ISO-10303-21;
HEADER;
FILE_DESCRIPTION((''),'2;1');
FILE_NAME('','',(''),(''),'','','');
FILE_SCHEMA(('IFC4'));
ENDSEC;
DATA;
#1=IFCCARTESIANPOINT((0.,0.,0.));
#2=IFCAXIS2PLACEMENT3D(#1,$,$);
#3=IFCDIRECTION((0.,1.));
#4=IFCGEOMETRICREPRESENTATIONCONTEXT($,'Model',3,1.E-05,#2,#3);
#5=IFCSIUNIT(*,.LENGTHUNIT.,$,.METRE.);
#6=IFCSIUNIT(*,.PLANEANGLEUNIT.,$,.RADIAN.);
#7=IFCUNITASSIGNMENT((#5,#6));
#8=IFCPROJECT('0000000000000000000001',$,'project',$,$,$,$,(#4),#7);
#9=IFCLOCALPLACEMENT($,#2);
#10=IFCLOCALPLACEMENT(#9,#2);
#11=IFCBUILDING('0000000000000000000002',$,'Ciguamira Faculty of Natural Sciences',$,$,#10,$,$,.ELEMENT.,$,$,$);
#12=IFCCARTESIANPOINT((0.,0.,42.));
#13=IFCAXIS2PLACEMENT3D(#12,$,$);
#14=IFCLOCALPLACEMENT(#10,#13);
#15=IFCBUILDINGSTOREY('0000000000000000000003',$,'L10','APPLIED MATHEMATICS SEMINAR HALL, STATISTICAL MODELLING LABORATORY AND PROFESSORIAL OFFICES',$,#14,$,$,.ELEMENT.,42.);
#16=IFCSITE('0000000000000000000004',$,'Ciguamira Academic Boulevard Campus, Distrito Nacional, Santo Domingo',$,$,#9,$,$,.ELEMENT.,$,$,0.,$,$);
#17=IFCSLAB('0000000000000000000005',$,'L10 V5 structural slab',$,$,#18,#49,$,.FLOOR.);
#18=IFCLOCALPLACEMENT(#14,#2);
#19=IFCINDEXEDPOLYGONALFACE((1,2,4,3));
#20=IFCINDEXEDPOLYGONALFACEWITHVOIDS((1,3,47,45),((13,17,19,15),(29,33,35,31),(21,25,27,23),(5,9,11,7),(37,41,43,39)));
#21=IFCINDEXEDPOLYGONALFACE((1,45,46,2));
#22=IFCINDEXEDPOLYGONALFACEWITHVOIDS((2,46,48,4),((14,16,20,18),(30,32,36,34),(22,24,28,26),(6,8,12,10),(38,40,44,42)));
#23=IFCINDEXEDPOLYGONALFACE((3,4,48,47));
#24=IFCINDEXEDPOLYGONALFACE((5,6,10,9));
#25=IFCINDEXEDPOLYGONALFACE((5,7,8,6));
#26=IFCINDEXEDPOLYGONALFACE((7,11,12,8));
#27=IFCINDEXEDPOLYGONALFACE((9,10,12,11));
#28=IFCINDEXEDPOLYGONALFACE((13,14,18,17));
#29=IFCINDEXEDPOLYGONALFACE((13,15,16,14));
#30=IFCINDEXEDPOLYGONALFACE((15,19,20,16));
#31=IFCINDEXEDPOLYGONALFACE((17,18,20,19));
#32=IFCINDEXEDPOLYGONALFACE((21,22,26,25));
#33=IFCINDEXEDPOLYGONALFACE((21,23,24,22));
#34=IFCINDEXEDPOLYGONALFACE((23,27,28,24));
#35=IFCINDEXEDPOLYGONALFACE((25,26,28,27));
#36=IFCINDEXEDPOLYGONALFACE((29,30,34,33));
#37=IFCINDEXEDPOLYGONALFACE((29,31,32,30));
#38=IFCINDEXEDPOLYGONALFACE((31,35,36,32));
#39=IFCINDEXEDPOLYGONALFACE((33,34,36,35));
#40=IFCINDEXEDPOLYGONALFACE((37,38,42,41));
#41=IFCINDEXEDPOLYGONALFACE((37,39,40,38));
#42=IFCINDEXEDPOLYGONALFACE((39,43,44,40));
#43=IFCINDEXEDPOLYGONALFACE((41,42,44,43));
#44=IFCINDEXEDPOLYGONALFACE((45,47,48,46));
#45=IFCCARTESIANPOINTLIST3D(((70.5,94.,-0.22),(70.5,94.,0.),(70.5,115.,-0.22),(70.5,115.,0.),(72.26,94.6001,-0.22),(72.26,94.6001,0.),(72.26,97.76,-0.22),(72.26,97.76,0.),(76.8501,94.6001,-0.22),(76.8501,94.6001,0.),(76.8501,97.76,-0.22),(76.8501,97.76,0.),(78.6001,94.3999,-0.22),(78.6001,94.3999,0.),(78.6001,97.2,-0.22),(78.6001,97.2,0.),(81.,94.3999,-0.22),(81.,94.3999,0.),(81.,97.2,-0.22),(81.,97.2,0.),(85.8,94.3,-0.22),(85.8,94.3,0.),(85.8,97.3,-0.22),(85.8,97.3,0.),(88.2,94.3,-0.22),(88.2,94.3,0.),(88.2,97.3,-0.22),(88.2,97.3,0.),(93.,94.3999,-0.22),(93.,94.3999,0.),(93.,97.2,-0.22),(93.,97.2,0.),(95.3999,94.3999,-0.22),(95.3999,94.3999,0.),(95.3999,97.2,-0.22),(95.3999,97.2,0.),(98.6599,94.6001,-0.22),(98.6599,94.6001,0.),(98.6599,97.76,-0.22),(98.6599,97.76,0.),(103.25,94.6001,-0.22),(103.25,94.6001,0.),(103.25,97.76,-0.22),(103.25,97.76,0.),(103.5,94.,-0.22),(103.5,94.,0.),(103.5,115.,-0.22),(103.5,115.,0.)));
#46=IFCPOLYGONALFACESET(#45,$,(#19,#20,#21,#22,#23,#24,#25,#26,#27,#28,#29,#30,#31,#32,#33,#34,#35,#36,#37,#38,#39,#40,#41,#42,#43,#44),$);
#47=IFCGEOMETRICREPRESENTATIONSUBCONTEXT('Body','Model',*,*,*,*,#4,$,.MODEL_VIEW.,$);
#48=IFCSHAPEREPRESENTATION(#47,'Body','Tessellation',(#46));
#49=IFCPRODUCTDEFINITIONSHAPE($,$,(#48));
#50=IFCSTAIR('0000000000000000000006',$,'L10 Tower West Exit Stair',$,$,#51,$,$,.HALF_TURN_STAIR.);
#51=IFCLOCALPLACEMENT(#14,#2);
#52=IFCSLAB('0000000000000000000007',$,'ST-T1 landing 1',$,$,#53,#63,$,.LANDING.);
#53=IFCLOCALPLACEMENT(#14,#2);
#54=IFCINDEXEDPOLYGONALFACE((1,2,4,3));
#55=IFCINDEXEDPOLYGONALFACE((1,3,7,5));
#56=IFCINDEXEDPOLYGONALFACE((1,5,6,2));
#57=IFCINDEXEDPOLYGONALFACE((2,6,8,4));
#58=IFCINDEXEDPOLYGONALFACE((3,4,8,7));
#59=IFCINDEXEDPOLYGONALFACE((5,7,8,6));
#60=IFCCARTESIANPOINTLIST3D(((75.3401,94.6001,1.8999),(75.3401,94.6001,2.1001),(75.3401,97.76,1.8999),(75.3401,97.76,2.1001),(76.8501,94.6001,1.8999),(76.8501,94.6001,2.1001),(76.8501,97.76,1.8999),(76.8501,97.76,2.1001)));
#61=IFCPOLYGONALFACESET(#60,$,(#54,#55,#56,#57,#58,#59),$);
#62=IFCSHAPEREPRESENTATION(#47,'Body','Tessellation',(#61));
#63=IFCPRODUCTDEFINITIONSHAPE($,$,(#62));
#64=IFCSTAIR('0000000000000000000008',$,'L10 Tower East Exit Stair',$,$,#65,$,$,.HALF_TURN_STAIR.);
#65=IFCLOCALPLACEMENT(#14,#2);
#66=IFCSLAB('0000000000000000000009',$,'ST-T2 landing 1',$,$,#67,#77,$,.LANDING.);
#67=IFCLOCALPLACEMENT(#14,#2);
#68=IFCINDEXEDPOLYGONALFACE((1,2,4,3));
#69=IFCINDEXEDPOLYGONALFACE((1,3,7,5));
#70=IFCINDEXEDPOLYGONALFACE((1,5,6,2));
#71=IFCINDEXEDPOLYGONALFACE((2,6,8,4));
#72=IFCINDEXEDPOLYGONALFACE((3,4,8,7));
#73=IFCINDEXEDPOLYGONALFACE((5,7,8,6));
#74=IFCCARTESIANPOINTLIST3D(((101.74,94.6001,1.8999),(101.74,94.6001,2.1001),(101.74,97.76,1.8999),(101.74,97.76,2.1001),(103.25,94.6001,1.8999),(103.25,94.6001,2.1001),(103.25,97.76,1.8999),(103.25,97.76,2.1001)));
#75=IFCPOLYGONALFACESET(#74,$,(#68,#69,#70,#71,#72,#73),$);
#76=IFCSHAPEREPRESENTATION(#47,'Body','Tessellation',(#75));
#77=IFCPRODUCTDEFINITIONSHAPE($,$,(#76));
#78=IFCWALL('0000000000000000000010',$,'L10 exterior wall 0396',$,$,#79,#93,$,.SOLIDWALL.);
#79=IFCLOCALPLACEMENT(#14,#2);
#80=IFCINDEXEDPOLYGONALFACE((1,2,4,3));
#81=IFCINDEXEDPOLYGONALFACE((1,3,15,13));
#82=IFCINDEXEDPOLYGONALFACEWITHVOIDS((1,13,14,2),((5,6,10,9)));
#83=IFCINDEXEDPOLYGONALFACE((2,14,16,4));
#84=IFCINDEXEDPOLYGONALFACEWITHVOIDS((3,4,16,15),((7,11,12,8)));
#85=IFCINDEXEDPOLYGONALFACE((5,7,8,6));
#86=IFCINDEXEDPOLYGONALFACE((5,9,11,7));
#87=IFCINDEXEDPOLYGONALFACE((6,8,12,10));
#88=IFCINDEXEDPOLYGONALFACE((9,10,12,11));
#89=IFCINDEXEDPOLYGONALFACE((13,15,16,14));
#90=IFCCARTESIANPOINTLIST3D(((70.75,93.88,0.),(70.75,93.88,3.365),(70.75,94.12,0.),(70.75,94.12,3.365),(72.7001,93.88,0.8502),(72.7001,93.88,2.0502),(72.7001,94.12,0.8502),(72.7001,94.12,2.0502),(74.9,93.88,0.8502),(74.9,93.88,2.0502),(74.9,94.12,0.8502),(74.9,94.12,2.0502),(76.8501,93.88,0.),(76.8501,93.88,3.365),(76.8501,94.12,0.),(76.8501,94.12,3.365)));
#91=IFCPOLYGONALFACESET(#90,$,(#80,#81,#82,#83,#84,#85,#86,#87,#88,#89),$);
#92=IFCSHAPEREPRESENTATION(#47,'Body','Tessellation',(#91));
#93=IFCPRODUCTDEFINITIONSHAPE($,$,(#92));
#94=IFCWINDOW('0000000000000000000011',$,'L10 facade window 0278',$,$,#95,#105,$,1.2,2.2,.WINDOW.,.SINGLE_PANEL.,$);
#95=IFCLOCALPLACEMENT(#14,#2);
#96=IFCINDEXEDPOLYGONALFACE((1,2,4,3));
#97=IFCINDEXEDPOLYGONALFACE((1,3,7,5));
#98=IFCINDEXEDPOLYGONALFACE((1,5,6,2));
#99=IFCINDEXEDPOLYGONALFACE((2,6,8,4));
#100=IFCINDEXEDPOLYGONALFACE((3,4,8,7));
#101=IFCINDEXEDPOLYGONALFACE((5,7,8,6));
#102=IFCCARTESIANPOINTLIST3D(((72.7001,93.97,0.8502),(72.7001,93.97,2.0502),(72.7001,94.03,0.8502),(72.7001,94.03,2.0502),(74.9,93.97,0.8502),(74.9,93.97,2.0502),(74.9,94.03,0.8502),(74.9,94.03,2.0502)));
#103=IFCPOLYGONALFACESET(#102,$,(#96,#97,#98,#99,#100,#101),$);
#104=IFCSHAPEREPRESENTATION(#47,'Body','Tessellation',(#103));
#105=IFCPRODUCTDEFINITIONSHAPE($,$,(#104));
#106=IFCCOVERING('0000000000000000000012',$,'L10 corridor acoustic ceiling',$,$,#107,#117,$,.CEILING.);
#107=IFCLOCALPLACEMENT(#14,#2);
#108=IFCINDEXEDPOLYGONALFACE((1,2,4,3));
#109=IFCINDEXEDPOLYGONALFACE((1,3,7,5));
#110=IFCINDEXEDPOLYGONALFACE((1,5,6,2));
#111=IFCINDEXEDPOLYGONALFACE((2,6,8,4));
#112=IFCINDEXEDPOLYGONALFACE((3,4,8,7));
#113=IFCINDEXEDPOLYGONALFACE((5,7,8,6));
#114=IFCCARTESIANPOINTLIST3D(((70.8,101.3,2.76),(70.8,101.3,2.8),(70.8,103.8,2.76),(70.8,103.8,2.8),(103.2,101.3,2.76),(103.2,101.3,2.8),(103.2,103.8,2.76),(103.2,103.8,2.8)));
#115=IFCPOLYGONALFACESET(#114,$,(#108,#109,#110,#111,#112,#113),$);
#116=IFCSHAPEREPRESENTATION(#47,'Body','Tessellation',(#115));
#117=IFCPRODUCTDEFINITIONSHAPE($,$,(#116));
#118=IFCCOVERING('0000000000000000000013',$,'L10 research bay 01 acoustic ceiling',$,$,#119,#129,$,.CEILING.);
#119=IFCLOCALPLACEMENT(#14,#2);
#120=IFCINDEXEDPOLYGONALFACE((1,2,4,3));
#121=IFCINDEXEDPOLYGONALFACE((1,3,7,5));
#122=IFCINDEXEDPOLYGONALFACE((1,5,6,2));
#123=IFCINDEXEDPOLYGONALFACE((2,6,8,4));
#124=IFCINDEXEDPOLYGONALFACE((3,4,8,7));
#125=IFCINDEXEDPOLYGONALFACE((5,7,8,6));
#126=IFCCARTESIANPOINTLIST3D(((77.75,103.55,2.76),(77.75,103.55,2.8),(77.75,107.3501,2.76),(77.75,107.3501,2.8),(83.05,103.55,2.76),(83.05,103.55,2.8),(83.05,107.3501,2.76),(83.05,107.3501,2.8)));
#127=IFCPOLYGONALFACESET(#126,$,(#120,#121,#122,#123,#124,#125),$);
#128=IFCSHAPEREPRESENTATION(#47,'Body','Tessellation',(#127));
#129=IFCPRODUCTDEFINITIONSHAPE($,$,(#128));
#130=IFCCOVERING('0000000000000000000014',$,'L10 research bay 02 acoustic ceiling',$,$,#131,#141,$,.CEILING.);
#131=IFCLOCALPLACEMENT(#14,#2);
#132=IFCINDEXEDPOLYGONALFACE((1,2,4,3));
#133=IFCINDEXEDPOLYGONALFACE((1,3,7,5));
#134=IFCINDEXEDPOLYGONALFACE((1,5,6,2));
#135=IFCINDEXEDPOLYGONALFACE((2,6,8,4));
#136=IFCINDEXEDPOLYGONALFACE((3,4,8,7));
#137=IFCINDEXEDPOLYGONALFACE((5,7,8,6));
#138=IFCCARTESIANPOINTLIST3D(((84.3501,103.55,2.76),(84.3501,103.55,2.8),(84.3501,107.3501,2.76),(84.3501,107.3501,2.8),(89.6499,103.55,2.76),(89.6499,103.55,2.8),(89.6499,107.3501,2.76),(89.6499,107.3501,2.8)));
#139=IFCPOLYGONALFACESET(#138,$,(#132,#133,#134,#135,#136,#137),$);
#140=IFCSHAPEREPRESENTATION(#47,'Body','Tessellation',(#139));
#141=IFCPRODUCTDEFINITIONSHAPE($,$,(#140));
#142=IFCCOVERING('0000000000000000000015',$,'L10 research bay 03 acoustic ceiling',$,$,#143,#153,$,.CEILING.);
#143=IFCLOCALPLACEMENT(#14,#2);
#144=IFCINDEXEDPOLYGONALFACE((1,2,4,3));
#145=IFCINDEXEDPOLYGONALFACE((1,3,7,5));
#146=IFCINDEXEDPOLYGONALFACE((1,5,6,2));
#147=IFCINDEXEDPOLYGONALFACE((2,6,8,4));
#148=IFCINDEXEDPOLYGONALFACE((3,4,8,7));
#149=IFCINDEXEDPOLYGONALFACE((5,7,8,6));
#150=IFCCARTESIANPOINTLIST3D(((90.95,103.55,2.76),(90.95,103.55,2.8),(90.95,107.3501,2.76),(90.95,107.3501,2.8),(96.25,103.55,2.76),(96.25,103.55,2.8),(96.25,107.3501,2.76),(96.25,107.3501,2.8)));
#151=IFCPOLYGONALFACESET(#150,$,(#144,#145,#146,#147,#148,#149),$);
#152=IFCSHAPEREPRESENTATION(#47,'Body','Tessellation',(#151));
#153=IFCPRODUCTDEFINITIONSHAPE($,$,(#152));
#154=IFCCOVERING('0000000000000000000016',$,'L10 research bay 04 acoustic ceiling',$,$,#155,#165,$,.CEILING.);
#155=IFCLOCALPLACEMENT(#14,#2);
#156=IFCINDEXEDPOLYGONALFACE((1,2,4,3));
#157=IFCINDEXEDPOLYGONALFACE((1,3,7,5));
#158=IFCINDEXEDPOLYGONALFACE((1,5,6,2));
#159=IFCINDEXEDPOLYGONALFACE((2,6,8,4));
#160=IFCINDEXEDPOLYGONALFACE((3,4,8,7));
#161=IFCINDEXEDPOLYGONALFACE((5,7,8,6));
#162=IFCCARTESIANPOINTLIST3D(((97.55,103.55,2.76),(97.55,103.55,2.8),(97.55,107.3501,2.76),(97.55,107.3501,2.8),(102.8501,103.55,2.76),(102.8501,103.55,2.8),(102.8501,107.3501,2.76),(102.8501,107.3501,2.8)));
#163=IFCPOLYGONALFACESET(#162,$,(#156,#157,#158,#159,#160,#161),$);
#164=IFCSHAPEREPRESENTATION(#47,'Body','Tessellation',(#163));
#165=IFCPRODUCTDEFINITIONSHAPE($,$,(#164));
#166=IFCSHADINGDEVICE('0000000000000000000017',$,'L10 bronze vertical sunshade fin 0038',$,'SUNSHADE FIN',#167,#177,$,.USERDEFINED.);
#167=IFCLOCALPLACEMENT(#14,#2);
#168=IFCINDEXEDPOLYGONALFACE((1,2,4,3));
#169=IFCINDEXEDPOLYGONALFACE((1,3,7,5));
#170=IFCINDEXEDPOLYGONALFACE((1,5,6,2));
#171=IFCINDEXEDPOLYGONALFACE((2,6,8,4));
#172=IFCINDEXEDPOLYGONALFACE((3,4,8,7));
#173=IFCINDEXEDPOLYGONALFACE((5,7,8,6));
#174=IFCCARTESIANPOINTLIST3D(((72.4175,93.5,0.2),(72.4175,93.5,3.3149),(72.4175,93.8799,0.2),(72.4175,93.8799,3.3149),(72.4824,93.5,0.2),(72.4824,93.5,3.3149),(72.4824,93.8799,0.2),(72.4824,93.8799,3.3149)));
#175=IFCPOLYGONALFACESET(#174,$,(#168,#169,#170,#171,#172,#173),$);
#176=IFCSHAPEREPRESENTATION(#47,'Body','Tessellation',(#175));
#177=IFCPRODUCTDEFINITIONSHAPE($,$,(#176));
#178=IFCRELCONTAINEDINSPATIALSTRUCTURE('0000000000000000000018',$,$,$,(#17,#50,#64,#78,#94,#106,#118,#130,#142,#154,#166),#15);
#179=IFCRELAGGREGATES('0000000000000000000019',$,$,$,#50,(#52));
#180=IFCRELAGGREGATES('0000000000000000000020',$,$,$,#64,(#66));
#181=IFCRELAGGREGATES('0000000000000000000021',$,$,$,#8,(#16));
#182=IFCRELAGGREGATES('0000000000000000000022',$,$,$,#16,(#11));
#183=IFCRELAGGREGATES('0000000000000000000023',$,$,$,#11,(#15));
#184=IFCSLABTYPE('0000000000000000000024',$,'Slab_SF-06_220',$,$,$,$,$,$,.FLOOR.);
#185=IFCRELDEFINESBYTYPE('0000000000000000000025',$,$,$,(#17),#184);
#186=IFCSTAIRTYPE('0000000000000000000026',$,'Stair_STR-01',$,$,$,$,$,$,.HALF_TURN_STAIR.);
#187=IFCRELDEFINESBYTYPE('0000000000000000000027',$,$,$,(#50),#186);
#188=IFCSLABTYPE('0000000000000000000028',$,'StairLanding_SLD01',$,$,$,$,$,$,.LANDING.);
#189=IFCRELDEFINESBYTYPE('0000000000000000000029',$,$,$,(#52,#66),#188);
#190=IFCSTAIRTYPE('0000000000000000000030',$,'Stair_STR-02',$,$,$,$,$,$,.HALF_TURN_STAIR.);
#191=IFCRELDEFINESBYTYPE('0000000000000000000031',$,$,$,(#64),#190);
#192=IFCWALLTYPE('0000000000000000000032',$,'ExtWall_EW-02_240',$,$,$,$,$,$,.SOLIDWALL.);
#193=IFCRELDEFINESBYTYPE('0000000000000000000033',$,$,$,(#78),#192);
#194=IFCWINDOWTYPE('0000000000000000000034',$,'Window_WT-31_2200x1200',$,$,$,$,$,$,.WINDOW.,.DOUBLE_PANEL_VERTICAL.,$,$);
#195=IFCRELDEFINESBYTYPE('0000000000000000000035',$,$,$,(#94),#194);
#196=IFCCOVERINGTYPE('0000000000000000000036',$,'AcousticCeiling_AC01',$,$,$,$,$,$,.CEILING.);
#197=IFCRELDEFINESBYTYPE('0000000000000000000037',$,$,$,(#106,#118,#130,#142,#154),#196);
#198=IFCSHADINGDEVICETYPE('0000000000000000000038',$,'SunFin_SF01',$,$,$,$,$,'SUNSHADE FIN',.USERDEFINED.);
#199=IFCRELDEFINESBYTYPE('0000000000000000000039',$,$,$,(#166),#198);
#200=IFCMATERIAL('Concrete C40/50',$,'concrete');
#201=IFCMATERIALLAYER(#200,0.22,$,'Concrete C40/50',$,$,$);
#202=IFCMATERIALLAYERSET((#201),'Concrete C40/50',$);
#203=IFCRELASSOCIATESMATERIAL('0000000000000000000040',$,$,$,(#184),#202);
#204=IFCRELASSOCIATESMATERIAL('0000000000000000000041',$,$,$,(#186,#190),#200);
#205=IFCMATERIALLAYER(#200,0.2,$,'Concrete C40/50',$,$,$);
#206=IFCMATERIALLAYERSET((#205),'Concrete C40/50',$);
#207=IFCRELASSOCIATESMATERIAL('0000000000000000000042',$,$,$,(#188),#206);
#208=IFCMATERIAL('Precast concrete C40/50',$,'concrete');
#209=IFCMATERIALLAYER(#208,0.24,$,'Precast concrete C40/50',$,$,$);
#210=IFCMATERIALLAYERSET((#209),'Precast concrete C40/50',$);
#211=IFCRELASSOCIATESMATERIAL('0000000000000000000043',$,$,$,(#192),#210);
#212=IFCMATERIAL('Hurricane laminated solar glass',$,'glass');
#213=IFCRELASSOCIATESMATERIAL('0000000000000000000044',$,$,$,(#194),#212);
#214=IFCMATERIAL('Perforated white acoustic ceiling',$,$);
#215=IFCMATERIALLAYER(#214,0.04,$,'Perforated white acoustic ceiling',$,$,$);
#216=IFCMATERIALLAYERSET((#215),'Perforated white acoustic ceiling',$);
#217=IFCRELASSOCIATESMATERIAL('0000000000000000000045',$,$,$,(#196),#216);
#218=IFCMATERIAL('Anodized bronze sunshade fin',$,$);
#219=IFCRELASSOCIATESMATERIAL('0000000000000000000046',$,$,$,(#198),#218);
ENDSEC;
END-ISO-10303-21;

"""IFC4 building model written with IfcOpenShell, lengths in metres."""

from ifc_helpers import new_model, si_unit, direction, frame, frame_2d, origin, origin_2d, place, context, subcontext, project, spatial, polyline, rectangle, outline, extrude, material, layer, layer_set, material_profile, profile_set, type_object, element, fill, aggregate, save


model = new_model("IFC4")

# Units and contexts
model_context = context("Model", 3, precision=1e-05, world=origin(), true_north=direction((0.0, 1.0)))
body_context = subcontext(model_context, "Body", "Model", "MODEL_VIEW")
ifc_project = project(units=[si_unit("LENGTHUNIT", "METRE"), si_unit("PLANEANGLEUNIT", "RADIAN")], contexts=[model_context])

# Site, building, storey
site_placement = place(None, origin())
site = spatial("IfcSite", under=ifc_project, at=site_placement, Name="Ciguamira Academic Boulevard Campus, Distrito Nacional, Santo Domingo", CompositionType="ELEMENT", RefElevation=0.0)
building_placement = place(site_placement, origin())
building = spatial("IfcBuilding", under=site, at=building_placement, Name="Ciguamira Faculty of Natural Sciences", CompositionType="ELEMENT")
storey_placement = place(building_placement, frame((0.0, 0.0, 42.0)))
storey = spatial("IfcBuildingStorey", under=building, at=storey_placement, Name="L10", Description="APPLIED MATHEMATICS SEMINAR HALL, STATISTICAL MODELLING LABORATORY AND PROFESSORIAL OFFICES", CompositionType="ELEMENT", Elevation=42.0)

# Shared definitions
ifc_material_1 = material(Name="Concrete C40/50", Category="concrete")

# Slab
ifc_layer_1 = layer(ifc_material_1, 0.22, Name="Concrete C40/50")
ifc_layer_set_1 = layer_set([ifc_layer_1], Name="Concrete C40/50")
slab_type_1 = type_object("IfcSlabType", Name="Slab_SF-06_220", PredefinedType="FLOOR", material=ifc_layer_set_1)
slab_1_placement = place(storey_placement, frame((0.0, 0.0, -0.22)))
element("IfcSlab", 1, at=slab_1_placement, inside=storey, type_object=slab_type_1, Name="L10 V5 structural slab", PredefinedType="FLOOR", context=body_context, shape_type="SweptSolid", body=[
    extrude(outline(polyline([(70.5, 94.0), (103.5, 94.0), (103.5, 115.0), (70.5, 115.0), (70.5, 94.0)]), holes=[polyline([(72.26, 94.6001), (76.8501, 94.6001), (76.8501, 97.76), (72.26, 97.76), (72.26, 94.6001)]), polyline([(98.6599, 94.6001), (103.25, 94.6001), (103.25, 97.76), (98.6599, 97.76), (98.6599, 94.6001)]), polyline([(78.6001, 94.3999), (81.0, 94.3999), (81.0, 97.2), (78.6001, 97.2), (78.6001, 94.3999)]), polyline([(93.0, 94.3999), (95.3999, 94.3999), (95.3999, 97.2), (93.0, 97.2), (93.0, 94.3999)]), polyline([(85.8, 94.3), (88.2, 94.3), (88.2, 97.3), (85.8, 97.3), (85.8, 94.3)])]), origin(), (0.0, 0.0, 1.0), 0.22),
])

# Stairs, slabs
stair_type_1 = type_object("IfcStairType", Name="Stair_STR-01", PredefinedType="HALF_TURN_STAIR", material=ifc_material_1)
stair_1_placement = place(storey_placement, origin())
stair_1 = element("IfcStair", 2, at=stair_1_placement, inside=storey, type_object=stair_type_1, Name="L10 Tower West Exit Stair", PredefinedType="HALF_TURN_STAIR")
ifc_layer_2 = layer(ifc_material_1, 0.2, Name="Concrete C40/50")
ifc_layer_set_2 = layer_set([ifc_layer_2], Name="Concrete C40/50")
slab_type_2 = type_object("IfcSlabType", Name="StairLanding_SLD01", PredefinedType="LANDING", material=ifc_layer_set_2)
slab_2_placement = place(storey_placement, frame((0.0, 0.0, 1.8999)))
slab_2 = element("IfcSlab", 3, at=slab_2_placement, type_object=slab_type_2, Name="ST-T1 landing 1", PredefinedType="LANDING", context=body_context, shape_type="SweptSolid", body=[
    extrude(outline(polyline([(75.3401, 94.6001), (76.8501, 94.6001), (76.8501, 97.76), (75.3401, 97.76), (75.3401, 94.6001)])), origin(), (0.0, 0.0, 1.0), 0.2002),
])
aggregate(stair_1, [slab_2])
stair_type_2 = type_object("IfcStairType", Name="Stair_STR-02", PredefinedType="HALF_TURN_STAIR", material=ifc_material_1)
stair_2_placement = place(storey_placement, origin())
stair_2 = element("IfcStair", 4, at=stair_2_placement, inside=storey, type_object=stair_type_2, Name="L10 Tower East Exit Stair", PredefinedType="HALF_TURN_STAIR")
slab_3_placement = place(storey_placement, frame((0.0, 0.0, 1.8999)))
slab_3 = element("IfcSlab", 5, at=slab_3_placement, type_object=slab_type_2, Name="ST-T2 landing 1", PredefinedType="LANDING", context=body_context, shape_type="SweptSolid", body=[
    extrude(outline(polyline([(101.74, 94.6001), (103.25, 94.6001), (103.25, 97.76), (101.74, 97.76), (101.74, 94.6001)])), origin(), (0.0, 0.0, 1.0), 0.2002),
])
aggregate(stair_2, [slab_3])

# Wall, opening, window
ifc_material_2 = material(Name="Precast concrete C40/50", Category="concrete")
ifc_layer_3 = layer(ifc_material_2, 0.24, Name="Precast concrete C40/50")
ifc_layer_set_3 = layer_set([ifc_layer_3], Name="Precast concrete C40/50")
wall_type = type_object("IfcWallType", Name="ExtWall_EW-02_240", PredefinedType="SOLIDWALL", material=ifc_layer_set_3)
wall_placement = place(storey_placement, frame((70.75, 94.0, 0.0), z_axis=(0.0, 0.0, 1.0), x_axis=(1.0, 0.0, 0.0)))
wall = element("IfcWall", 6, at=wall_placement, inside=storey, type_object=wall_type, Name="L10 exterior wall 0396", PredefinedType="SOLIDWALL", context=body_context, shape_type="SweptSolid", body=[
    extrude(rectangle(XDim=6.1001, YDim=0.24, at=frame_2d((3.05, 0.0))), origin(), (0.0, 0.0, 1.0), 3.365),
])
opening_placement = place(wall_placement, frame((1.95, 0.0, 0.8501)))
opening = element("IfcOpeningElement", 7, at=opening_placement, cuts=wall, PredefinedType="OPENING", context=body_context, shape_type="SweptSolid", body=[
    extrude(rectangle(XDim=2.2, YDim=1.2, at=frame_2d((1.1001, 0.6001))), frame((0.0, 0.1299, 0.0), z_axis=(0.0, -1.0, 0.0), x_axis=(1.0, 0.0, 0.0)), (0.0, 0.0, 1.0), 0.26),
])
ifc_material_3 = material(Name="Hurricane laminated solar glass", Category="glass")
window_type = type_object("IfcWindowType", Name="Window_WT-31_2200x1200", PartitioningType="DOUBLE_PANEL_VERTICAL", PredefinedType="WINDOW", material=ifc_material_3)
window_placement = place(opening_placement, origin())
window = element("IfcWindow", 8, at=window_placement, inside=storey, type_object=window_type, Name="L10 facade window 0278", OverallHeight=1.2, OverallWidth=2.2, PartitioningType="SINGLE_PANEL", PredefinedType="WINDOW", context=body_context, shape_type="SweptSolid", body=[
    extrude(rectangle(XDim=2.2, YDim=1.2, at=frame_2d((1.1001, 0.6001))), frame((0.0, 0.03, 0.0), z_axis=(0.0, -1.0, 0.0), x_axis=(1.0, 0.0, 0.0)), (0.0, 0.0, 1.0), 0.0601),
])
fill(opening, window)

# Coverings
ifc_material_4 = material(Name="Perforated white acoustic ceiling")
ifc_layer_4 = layer(ifc_material_4, 0.04, Name="Perforated white acoustic ceiling")
ifc_layer_set_4 = layer_set([ifc_layer_4], Name="Perforated white acoustic ceiling")
covering_type = type_object("IfcCoveringType", Name="AcousticCeiling_AC01", PredefinedType="CEILING", material=ifc_layer_set_4)
covering_1_placement = place(storey_placement, frame((0.0, 0.0, 2.76)))
element("IfcCovering", 9, at=covering_1_placement, inside=storey, type_object=covering_type, Name="L10 corridor acoustic ceiling", PredefinedType="CEILING", context=body_context, shape_type="SweptSolid", body=[
    extrude(outline(polyline([(70.8, 101.3), (103.2, 101.3), (103.2, 103.8), (70.8, 103.8), (70.8, 101.3)])), origin(), (0.0, 0.0, 1.0), 0.04),
])
covering_2_placement = place(storey_placement, frame((0.0, 0.0, 2.76)))
element("IfcCovering", 10, at=covering_2_placement, inside=storey, type_object=covering_type, Name="L10 research bay 01 acoustic ceiling", PredefinedType="CEILING", context=body_context, shape_type="SweptSolid", body=[
    extrude(outline(polyline([(77.75, 103.55), (83.05, 103.55), (83.05, 107.3501), (77.75, 107.3501), (77.75, 103.55)])), origin(), (0.0, 0.0, 1.0), 0.04),
])
covering_3_placement = place(storey_placement, frame((0.0, 0.0, 2.76)))
element("IfcCovering", 11, at=covering_3_placement, inside=storey, type_object=covering_type, Name="L10 research bay 02 acoustic ceiling", PredefinedType="CEILING", context=body_context, shape_type="SweptSolid", body=[
    extrude(outline(polyline([(84.3501, 103.55), (89.6499, 103.55), (89.6499, 107.3501), (84.3501, 107.3501), (84.3501, 103.55)])), origin(), (0.0, 0.0, 1.0), 0.04),
])
covering_4_placement = place(storey_placement, frame((0.0, 0.0, 2.76)))
element("IfcCovering", 12, at=covering_4_placement, inside=storey, type_object=covering_type, Name="L10 research bay 03 acoustic ceiling", PredefinedType="CEILING", context=body_context, shape_type="SweptSolid", body=[
    extrude(outline(polyline([(90.95, 103.55), (96.25, 103.55), (96.25, 107.3501), (90.95, 107.3501), (90.95, 103.55)])), origin(), (0.0, 0.0, 1.0), 0.04),
])
covering_5_placement = place(storey_placement, frame((0.0, 0.0, 2.76)))
element("IfcCovering", 13, at=covering_5_placement, inside=storey, type_object=covering_type, Name="L10 research bay 04 acoustic ceiling", PredefinedType="CEILING", context=body_context, shape_type="SweptSolid", body=[
    extrude(outline(polyline([(97.55, 103.55), (102.8501, 103.55), (102.8501, 107.3501), (97.55, 107.3501), (97.55, 103.55)])), origin(), (0.0, 0.0, 1.0), 0.04),
])

# Shading device
ifc_material_5 = material(Name="Anodized bronze sunshade fin")
ifc_material_profile_1 = material_profile(ifc_material_5, rectangle(XDim=0.0649, YDim=0.3799, at=origin_2d()), Name="BRZ-FIN-65X380")
ifc_profile_set_1 = profile_set([ifc_material_profile_1], Name="Anodized bronze sunshade fin")
shading_device_type = type_object("IfcShadingDeviceType", Name="SunFin_SF01", ElementType="SUNSHADE FIN", PredefinedType="USERDEFINED", material=ifc_profile_set_1)
shading_device_placement = place(storey_placement, frame((72.45, 93.6899, 0.2), z_axis=(0.0, 0.0, 1.0), x_axis=(1.0, 0.0, 0.0)))
element("IfcShadingDevice", 14, at=shading_device_placement, inside=storey, type_object=shading_device_type, Name="L10 bronze vertical sunshade fin 0038", ObjectType="SUNSHADE FIN", PredefinedType="USERDEFINED", context=body_context, shape_type="SweptSolid", body=[
    extrude(rectangle(XDim=0.0649, YDim=0.3799, at=origin_2d()), origin(), (0.0, 0.0, 1.0), 3.115),
])

save(model, "model.ifc")
